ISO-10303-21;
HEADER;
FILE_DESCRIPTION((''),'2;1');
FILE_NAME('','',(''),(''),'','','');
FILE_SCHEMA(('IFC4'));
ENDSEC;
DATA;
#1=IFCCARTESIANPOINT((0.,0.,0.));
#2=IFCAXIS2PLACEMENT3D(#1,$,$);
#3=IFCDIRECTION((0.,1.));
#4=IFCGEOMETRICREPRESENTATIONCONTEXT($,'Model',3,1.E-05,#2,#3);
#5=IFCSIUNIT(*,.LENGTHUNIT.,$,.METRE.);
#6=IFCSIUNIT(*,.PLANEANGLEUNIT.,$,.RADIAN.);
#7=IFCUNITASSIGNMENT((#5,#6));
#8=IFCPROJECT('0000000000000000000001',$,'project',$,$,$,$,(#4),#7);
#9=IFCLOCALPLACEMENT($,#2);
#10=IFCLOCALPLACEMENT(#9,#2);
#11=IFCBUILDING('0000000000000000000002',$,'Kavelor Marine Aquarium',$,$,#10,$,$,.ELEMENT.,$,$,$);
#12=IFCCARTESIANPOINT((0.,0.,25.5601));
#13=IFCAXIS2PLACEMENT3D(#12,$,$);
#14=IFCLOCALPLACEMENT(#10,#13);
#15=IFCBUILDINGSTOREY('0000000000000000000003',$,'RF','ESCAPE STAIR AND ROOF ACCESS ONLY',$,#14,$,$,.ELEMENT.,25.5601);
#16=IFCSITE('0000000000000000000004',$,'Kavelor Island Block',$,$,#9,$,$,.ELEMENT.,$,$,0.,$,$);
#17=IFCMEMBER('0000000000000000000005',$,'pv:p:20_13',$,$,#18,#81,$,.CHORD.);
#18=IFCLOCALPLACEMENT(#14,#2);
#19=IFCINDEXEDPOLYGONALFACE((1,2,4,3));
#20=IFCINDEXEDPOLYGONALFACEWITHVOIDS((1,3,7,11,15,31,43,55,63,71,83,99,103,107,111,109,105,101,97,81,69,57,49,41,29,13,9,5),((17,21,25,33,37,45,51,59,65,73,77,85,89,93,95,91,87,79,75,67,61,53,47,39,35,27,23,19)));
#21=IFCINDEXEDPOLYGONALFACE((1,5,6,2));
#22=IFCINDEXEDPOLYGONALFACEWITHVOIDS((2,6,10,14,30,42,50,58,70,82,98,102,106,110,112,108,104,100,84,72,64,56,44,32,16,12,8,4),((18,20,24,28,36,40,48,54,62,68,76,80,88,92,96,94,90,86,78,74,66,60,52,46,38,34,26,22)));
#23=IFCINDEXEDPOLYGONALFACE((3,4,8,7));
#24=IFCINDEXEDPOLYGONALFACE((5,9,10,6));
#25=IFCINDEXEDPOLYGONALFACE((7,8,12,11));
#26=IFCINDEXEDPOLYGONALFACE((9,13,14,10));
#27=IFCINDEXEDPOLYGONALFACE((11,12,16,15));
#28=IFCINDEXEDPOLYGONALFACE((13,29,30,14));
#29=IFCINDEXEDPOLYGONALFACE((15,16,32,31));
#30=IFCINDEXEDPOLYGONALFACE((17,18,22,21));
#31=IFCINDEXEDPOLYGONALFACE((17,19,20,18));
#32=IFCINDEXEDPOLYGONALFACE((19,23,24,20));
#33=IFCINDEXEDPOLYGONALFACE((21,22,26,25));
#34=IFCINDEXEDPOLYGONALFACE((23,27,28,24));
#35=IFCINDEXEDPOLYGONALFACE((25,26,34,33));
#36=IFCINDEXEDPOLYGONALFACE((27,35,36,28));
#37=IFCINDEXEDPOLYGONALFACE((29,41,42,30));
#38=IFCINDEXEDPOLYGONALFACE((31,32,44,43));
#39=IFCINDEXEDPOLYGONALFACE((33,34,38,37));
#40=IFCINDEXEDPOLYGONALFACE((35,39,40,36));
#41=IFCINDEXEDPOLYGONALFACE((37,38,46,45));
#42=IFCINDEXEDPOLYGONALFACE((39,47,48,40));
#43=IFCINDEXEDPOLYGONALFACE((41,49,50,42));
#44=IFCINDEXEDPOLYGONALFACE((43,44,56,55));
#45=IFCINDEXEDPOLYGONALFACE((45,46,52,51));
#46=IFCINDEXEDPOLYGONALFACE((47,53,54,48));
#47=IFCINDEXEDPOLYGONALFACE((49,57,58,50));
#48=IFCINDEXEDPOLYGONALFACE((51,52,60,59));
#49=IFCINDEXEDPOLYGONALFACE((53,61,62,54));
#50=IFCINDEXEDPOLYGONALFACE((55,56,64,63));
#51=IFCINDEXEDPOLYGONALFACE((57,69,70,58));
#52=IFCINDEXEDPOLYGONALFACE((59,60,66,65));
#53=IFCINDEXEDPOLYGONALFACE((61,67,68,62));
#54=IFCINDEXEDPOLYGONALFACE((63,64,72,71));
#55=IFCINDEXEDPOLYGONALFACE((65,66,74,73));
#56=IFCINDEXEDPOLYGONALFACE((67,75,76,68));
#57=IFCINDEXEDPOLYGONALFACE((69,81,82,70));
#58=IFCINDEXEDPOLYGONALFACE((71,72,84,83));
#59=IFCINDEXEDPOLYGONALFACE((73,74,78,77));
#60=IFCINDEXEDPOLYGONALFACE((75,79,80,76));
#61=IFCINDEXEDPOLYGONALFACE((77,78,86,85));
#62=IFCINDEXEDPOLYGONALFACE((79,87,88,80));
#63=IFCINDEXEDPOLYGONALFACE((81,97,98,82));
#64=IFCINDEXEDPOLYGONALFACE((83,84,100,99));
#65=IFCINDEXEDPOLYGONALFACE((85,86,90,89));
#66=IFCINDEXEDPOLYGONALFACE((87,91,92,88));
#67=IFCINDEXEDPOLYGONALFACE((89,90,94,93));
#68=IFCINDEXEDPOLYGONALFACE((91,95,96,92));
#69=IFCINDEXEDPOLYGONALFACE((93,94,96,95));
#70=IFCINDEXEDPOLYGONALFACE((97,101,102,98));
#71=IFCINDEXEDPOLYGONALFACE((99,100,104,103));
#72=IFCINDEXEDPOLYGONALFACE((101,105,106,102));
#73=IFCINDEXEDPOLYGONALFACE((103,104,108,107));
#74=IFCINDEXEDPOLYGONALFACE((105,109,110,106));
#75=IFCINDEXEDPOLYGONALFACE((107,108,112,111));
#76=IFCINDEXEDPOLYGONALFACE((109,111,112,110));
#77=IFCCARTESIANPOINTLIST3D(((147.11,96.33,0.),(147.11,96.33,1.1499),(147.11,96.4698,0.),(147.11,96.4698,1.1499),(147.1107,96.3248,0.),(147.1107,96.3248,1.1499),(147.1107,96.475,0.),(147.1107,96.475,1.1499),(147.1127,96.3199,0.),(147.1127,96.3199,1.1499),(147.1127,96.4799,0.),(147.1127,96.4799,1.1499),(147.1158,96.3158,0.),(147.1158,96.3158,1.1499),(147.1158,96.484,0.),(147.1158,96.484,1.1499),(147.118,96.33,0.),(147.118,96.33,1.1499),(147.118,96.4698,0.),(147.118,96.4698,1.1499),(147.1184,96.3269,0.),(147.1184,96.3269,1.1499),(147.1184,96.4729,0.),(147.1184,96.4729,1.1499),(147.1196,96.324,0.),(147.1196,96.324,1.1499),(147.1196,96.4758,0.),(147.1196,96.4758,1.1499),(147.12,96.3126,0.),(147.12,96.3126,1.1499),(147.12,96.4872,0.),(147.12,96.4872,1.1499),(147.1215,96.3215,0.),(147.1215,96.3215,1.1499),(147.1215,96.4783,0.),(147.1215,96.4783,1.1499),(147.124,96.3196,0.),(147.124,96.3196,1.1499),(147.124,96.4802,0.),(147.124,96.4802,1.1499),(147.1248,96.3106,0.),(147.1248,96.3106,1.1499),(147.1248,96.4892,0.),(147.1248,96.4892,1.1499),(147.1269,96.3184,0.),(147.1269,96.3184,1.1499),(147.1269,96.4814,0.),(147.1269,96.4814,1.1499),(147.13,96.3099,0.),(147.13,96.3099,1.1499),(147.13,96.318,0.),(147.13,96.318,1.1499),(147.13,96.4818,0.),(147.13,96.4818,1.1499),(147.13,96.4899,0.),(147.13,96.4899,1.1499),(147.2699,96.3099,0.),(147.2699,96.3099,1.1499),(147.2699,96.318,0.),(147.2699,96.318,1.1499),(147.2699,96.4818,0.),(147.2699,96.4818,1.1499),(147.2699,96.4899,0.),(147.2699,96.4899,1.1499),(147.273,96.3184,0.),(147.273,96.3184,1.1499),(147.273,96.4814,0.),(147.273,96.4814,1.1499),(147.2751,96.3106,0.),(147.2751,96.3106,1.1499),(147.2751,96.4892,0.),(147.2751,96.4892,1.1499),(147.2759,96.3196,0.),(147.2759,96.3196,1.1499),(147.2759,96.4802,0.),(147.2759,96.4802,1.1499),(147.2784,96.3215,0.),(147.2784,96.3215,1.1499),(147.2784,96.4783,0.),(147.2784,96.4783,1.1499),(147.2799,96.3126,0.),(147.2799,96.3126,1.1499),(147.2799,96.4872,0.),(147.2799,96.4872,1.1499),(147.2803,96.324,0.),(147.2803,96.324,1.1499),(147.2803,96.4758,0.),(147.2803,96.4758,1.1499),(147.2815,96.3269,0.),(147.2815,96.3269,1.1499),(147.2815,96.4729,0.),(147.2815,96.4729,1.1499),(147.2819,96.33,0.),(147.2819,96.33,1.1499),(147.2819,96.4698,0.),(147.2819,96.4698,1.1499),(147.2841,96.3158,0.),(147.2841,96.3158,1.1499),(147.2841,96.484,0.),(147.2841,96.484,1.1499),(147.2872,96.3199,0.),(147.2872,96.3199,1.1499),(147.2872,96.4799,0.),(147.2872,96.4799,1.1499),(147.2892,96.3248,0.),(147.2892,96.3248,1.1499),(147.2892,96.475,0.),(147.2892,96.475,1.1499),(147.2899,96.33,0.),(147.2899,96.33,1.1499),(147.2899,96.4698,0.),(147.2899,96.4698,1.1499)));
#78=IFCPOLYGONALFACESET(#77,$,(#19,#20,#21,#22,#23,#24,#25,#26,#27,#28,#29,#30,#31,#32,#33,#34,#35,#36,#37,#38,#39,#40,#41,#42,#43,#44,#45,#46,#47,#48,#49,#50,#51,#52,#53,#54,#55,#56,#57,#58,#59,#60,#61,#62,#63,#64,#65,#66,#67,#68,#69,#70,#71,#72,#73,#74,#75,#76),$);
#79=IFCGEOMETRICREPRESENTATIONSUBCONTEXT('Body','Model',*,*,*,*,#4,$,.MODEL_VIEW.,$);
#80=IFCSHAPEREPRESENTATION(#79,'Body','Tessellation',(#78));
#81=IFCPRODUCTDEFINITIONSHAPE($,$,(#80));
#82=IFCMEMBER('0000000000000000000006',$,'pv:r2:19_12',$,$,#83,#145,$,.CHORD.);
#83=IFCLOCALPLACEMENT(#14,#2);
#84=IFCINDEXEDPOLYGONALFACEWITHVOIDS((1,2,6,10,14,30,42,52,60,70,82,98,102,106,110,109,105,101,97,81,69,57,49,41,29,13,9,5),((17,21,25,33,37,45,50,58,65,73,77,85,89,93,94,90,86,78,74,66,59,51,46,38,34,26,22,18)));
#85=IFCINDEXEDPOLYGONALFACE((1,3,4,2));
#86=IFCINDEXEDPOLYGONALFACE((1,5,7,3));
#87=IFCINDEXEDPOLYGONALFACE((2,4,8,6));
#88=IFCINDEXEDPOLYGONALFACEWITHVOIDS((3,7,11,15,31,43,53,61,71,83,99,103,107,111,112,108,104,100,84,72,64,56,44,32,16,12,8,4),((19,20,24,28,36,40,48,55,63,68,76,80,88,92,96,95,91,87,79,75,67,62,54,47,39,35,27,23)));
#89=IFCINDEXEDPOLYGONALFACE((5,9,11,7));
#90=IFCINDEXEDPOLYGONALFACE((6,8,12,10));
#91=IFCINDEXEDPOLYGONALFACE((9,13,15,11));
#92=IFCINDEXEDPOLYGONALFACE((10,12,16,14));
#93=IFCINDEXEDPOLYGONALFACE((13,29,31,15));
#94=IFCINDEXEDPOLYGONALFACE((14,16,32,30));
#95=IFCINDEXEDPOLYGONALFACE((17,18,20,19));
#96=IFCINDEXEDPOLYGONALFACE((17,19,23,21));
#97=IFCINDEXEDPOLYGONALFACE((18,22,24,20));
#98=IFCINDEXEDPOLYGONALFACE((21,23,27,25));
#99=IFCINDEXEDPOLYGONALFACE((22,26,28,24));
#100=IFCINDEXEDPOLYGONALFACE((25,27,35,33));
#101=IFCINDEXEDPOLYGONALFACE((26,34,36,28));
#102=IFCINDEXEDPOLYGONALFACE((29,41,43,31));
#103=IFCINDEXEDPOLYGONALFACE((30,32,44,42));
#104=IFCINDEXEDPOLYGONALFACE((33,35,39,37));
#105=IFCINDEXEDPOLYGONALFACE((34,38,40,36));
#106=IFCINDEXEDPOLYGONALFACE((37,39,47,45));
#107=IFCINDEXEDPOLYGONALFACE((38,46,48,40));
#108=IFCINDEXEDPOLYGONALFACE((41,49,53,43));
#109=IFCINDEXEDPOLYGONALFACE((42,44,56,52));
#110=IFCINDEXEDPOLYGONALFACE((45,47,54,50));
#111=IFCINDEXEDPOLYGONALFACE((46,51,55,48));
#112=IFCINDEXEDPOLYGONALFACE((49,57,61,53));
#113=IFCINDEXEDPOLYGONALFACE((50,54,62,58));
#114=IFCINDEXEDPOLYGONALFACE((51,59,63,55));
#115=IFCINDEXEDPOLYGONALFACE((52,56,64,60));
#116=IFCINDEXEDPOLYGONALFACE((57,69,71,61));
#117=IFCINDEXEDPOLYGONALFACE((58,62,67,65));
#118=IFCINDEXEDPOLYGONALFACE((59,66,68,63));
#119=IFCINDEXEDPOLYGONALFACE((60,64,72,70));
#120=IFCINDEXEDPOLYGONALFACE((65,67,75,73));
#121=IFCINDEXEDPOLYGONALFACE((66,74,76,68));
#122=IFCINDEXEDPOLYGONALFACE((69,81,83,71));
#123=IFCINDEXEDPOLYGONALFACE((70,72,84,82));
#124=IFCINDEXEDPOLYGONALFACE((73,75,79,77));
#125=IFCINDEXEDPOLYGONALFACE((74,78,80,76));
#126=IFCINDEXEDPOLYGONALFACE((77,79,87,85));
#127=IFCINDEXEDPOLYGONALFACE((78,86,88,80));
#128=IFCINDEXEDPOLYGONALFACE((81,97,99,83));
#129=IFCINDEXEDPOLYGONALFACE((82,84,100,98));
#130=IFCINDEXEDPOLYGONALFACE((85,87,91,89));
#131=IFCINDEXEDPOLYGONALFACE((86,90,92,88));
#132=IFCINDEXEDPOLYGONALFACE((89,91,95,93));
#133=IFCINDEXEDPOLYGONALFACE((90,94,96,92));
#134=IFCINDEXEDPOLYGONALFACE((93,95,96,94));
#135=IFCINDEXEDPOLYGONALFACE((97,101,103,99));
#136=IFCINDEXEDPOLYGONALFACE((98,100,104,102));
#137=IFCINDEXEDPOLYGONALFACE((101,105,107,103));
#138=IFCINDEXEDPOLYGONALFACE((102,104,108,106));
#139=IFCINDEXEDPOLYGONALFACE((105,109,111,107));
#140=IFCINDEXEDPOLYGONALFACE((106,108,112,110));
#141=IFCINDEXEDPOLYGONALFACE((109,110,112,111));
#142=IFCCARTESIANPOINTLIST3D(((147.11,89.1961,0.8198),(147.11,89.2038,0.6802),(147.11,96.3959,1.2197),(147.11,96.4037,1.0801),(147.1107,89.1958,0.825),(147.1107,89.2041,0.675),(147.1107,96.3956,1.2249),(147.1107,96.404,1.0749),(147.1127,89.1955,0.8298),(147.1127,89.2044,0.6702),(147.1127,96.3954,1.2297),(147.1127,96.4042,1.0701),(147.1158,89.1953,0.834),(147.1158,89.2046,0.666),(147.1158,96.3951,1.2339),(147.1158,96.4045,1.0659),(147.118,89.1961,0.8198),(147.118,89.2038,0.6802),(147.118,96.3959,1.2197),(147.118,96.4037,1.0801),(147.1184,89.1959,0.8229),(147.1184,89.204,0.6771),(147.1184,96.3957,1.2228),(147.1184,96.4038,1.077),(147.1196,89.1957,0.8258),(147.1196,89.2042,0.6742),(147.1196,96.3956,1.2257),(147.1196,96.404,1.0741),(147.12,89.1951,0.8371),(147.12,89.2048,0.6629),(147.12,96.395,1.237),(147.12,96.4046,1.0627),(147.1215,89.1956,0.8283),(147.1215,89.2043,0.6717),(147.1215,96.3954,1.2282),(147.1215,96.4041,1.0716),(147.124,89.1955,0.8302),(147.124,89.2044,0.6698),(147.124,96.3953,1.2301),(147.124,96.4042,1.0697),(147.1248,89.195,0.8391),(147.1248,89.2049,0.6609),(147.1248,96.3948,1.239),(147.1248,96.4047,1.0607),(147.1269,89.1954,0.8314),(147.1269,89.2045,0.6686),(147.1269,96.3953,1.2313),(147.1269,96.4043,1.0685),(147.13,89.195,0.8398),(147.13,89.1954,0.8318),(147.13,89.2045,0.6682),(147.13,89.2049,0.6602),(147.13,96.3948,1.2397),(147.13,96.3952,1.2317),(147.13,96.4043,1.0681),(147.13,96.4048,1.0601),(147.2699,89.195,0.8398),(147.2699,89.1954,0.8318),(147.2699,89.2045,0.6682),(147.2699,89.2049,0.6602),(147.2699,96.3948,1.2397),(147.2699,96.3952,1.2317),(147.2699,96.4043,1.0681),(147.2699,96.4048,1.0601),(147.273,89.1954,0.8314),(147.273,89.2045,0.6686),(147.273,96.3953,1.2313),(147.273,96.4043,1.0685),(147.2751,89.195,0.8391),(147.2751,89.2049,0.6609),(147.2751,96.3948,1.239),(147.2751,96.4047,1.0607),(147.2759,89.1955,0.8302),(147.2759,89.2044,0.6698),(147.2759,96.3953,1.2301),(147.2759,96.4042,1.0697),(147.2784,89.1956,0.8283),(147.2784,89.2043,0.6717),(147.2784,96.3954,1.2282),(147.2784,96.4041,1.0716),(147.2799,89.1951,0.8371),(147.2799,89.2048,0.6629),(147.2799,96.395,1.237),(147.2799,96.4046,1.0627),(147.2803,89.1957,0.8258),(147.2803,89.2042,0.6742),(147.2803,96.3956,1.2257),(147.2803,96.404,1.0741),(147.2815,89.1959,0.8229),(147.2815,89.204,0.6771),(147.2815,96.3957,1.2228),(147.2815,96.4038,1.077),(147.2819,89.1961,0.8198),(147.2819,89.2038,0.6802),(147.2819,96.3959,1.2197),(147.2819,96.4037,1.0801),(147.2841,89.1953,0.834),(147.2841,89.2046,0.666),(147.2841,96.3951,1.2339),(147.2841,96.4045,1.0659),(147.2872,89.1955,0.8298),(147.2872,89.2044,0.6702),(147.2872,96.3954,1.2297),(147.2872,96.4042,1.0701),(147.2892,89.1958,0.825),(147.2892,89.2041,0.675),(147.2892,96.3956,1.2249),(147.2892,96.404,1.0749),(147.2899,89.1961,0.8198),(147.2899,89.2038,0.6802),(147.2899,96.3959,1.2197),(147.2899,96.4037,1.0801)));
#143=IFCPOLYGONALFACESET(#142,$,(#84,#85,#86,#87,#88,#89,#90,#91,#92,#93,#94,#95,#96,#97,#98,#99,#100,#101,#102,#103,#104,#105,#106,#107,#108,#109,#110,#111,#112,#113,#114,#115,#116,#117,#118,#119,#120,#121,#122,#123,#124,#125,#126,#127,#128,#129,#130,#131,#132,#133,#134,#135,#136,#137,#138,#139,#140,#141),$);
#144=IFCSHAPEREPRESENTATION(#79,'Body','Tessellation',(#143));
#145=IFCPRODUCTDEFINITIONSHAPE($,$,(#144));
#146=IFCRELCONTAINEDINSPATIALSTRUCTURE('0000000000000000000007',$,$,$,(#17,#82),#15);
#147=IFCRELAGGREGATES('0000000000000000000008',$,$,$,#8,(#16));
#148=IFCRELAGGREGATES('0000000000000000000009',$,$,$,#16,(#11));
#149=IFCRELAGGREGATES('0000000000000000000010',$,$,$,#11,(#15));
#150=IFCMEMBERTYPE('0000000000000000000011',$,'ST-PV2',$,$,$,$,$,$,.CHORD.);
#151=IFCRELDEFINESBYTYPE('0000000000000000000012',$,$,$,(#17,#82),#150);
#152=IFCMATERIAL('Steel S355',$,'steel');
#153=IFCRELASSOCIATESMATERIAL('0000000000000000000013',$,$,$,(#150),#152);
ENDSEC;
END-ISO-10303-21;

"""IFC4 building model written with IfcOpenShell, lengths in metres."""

from ifc_helpers import new_model, si_unit, direction, frame, origin, origin_2d, place, context, subcontext, project, spatial, hollow_rectangle, extrude, material, material_profile, profile_set, type_object, element, save


model = new_model("IFC4")

# Units and contexts
model_context = context("Model", 3, precision=1e-05, world=origin(), true_north=direction((0.0, 1.0)))
body_context = subcontext(model_context, "Body", "Model", "MODEL_VIEW")
ifc_project = project(units=[si_unit("LENGTHUNIT", "METRE"), si_unit("PLANEANGLEUNIT", "RADIAN")], contexts=[model_context])

# Site, building, storey
site_placement = place(None, origin())
site = spatial("IfcSite", under=ifc_project, at=site_placement, Name="Kavelor Island Block", CompositionType="ELEMENT", RefElevation=0.0)
building_placement = place(site_placement, origin())
building = spatial("IfcBuilding", under=site, at=building_placement, Name="Kavelor Marine Aquarium", CompositionType="ELEMENT")
storey_placement = place(building_placement, frame((0.0, 0.0, 25.5601)))
storey = spatial("IfcBuildingStorey", under=building, at=storey_placement, Name="RF", Description="ESCAPE STAIR AND ROOF ACCESS ONLY", CompositionType="ELEMENT", Elevation=25.5601)

# Members
ifc_material_1 = material(Name="Steel S355", Category="steel")
ifc_material_profile_1 = material_profile(ifc_material_1, hollow_rectangle(XDim=0.1799, YDim=0.1799, WallThickness=0.0081, InnerFilletRadius=0.012, OuterFilletRadius=0.02, at=origin_2d()), Name="SHS 180x180x8.0")
ifc_profile_set_1 = profile_set([ifc_material_profile_1], Name="Steel S355")
member_type_1 = type_object("IfcMemberType", Name="ST-PV2", PredefinedType="CHORD", material=ifc_profile_set_1)
member_1_placement = place(storey_placement, frame((147.2, 96.3999, 0.0), z_axis=(0.0, 0.0, 1.0), x_axis=(1.0, 0.0, 0.0)))
element("IfcMember", 1, at=member_1_placement, inside=storey, type_object=member_type_1, Name="pv:p:20_13", PredefinedType="CHORD", context=body_context, shape_type="SweptSolid", body=[
    extrude(hollow_rectangle(XDim=0.1799, YDim=0.1799, WallThickness=0.0081, InnerFilletRadius=0.012, OuterFilletRadius=0.02, at=origin_2d()), origin(), (0.0, 0.0, 1.0), 1.1499),
])
member_2_placement = place(storey_placement, frame((147.2, 89.2, 0.75), z_axis=(0.0, 0.998461, 0.055457), x_axis=(-1.0, 0.0, 0.0)))
element("IfcMember", 2, at=member_2_placement, inside=storey, type_object=member_type_1, Name="pv:r2:19_12", PredefinedType="CHORD", context=body_context, shape_type="SweptSolid", body=[
    extrude(hollow_rectangle(XDim=0.1799, YDim=0.1799, WallThickness=0.0081, InnerFilletRadius=0.012, OuterFilletRadius=0.02, at=origin_2d()), origin(), (0.0, 0.0, 1.0), 7.2109),
])

save(model, "model.ifc")
